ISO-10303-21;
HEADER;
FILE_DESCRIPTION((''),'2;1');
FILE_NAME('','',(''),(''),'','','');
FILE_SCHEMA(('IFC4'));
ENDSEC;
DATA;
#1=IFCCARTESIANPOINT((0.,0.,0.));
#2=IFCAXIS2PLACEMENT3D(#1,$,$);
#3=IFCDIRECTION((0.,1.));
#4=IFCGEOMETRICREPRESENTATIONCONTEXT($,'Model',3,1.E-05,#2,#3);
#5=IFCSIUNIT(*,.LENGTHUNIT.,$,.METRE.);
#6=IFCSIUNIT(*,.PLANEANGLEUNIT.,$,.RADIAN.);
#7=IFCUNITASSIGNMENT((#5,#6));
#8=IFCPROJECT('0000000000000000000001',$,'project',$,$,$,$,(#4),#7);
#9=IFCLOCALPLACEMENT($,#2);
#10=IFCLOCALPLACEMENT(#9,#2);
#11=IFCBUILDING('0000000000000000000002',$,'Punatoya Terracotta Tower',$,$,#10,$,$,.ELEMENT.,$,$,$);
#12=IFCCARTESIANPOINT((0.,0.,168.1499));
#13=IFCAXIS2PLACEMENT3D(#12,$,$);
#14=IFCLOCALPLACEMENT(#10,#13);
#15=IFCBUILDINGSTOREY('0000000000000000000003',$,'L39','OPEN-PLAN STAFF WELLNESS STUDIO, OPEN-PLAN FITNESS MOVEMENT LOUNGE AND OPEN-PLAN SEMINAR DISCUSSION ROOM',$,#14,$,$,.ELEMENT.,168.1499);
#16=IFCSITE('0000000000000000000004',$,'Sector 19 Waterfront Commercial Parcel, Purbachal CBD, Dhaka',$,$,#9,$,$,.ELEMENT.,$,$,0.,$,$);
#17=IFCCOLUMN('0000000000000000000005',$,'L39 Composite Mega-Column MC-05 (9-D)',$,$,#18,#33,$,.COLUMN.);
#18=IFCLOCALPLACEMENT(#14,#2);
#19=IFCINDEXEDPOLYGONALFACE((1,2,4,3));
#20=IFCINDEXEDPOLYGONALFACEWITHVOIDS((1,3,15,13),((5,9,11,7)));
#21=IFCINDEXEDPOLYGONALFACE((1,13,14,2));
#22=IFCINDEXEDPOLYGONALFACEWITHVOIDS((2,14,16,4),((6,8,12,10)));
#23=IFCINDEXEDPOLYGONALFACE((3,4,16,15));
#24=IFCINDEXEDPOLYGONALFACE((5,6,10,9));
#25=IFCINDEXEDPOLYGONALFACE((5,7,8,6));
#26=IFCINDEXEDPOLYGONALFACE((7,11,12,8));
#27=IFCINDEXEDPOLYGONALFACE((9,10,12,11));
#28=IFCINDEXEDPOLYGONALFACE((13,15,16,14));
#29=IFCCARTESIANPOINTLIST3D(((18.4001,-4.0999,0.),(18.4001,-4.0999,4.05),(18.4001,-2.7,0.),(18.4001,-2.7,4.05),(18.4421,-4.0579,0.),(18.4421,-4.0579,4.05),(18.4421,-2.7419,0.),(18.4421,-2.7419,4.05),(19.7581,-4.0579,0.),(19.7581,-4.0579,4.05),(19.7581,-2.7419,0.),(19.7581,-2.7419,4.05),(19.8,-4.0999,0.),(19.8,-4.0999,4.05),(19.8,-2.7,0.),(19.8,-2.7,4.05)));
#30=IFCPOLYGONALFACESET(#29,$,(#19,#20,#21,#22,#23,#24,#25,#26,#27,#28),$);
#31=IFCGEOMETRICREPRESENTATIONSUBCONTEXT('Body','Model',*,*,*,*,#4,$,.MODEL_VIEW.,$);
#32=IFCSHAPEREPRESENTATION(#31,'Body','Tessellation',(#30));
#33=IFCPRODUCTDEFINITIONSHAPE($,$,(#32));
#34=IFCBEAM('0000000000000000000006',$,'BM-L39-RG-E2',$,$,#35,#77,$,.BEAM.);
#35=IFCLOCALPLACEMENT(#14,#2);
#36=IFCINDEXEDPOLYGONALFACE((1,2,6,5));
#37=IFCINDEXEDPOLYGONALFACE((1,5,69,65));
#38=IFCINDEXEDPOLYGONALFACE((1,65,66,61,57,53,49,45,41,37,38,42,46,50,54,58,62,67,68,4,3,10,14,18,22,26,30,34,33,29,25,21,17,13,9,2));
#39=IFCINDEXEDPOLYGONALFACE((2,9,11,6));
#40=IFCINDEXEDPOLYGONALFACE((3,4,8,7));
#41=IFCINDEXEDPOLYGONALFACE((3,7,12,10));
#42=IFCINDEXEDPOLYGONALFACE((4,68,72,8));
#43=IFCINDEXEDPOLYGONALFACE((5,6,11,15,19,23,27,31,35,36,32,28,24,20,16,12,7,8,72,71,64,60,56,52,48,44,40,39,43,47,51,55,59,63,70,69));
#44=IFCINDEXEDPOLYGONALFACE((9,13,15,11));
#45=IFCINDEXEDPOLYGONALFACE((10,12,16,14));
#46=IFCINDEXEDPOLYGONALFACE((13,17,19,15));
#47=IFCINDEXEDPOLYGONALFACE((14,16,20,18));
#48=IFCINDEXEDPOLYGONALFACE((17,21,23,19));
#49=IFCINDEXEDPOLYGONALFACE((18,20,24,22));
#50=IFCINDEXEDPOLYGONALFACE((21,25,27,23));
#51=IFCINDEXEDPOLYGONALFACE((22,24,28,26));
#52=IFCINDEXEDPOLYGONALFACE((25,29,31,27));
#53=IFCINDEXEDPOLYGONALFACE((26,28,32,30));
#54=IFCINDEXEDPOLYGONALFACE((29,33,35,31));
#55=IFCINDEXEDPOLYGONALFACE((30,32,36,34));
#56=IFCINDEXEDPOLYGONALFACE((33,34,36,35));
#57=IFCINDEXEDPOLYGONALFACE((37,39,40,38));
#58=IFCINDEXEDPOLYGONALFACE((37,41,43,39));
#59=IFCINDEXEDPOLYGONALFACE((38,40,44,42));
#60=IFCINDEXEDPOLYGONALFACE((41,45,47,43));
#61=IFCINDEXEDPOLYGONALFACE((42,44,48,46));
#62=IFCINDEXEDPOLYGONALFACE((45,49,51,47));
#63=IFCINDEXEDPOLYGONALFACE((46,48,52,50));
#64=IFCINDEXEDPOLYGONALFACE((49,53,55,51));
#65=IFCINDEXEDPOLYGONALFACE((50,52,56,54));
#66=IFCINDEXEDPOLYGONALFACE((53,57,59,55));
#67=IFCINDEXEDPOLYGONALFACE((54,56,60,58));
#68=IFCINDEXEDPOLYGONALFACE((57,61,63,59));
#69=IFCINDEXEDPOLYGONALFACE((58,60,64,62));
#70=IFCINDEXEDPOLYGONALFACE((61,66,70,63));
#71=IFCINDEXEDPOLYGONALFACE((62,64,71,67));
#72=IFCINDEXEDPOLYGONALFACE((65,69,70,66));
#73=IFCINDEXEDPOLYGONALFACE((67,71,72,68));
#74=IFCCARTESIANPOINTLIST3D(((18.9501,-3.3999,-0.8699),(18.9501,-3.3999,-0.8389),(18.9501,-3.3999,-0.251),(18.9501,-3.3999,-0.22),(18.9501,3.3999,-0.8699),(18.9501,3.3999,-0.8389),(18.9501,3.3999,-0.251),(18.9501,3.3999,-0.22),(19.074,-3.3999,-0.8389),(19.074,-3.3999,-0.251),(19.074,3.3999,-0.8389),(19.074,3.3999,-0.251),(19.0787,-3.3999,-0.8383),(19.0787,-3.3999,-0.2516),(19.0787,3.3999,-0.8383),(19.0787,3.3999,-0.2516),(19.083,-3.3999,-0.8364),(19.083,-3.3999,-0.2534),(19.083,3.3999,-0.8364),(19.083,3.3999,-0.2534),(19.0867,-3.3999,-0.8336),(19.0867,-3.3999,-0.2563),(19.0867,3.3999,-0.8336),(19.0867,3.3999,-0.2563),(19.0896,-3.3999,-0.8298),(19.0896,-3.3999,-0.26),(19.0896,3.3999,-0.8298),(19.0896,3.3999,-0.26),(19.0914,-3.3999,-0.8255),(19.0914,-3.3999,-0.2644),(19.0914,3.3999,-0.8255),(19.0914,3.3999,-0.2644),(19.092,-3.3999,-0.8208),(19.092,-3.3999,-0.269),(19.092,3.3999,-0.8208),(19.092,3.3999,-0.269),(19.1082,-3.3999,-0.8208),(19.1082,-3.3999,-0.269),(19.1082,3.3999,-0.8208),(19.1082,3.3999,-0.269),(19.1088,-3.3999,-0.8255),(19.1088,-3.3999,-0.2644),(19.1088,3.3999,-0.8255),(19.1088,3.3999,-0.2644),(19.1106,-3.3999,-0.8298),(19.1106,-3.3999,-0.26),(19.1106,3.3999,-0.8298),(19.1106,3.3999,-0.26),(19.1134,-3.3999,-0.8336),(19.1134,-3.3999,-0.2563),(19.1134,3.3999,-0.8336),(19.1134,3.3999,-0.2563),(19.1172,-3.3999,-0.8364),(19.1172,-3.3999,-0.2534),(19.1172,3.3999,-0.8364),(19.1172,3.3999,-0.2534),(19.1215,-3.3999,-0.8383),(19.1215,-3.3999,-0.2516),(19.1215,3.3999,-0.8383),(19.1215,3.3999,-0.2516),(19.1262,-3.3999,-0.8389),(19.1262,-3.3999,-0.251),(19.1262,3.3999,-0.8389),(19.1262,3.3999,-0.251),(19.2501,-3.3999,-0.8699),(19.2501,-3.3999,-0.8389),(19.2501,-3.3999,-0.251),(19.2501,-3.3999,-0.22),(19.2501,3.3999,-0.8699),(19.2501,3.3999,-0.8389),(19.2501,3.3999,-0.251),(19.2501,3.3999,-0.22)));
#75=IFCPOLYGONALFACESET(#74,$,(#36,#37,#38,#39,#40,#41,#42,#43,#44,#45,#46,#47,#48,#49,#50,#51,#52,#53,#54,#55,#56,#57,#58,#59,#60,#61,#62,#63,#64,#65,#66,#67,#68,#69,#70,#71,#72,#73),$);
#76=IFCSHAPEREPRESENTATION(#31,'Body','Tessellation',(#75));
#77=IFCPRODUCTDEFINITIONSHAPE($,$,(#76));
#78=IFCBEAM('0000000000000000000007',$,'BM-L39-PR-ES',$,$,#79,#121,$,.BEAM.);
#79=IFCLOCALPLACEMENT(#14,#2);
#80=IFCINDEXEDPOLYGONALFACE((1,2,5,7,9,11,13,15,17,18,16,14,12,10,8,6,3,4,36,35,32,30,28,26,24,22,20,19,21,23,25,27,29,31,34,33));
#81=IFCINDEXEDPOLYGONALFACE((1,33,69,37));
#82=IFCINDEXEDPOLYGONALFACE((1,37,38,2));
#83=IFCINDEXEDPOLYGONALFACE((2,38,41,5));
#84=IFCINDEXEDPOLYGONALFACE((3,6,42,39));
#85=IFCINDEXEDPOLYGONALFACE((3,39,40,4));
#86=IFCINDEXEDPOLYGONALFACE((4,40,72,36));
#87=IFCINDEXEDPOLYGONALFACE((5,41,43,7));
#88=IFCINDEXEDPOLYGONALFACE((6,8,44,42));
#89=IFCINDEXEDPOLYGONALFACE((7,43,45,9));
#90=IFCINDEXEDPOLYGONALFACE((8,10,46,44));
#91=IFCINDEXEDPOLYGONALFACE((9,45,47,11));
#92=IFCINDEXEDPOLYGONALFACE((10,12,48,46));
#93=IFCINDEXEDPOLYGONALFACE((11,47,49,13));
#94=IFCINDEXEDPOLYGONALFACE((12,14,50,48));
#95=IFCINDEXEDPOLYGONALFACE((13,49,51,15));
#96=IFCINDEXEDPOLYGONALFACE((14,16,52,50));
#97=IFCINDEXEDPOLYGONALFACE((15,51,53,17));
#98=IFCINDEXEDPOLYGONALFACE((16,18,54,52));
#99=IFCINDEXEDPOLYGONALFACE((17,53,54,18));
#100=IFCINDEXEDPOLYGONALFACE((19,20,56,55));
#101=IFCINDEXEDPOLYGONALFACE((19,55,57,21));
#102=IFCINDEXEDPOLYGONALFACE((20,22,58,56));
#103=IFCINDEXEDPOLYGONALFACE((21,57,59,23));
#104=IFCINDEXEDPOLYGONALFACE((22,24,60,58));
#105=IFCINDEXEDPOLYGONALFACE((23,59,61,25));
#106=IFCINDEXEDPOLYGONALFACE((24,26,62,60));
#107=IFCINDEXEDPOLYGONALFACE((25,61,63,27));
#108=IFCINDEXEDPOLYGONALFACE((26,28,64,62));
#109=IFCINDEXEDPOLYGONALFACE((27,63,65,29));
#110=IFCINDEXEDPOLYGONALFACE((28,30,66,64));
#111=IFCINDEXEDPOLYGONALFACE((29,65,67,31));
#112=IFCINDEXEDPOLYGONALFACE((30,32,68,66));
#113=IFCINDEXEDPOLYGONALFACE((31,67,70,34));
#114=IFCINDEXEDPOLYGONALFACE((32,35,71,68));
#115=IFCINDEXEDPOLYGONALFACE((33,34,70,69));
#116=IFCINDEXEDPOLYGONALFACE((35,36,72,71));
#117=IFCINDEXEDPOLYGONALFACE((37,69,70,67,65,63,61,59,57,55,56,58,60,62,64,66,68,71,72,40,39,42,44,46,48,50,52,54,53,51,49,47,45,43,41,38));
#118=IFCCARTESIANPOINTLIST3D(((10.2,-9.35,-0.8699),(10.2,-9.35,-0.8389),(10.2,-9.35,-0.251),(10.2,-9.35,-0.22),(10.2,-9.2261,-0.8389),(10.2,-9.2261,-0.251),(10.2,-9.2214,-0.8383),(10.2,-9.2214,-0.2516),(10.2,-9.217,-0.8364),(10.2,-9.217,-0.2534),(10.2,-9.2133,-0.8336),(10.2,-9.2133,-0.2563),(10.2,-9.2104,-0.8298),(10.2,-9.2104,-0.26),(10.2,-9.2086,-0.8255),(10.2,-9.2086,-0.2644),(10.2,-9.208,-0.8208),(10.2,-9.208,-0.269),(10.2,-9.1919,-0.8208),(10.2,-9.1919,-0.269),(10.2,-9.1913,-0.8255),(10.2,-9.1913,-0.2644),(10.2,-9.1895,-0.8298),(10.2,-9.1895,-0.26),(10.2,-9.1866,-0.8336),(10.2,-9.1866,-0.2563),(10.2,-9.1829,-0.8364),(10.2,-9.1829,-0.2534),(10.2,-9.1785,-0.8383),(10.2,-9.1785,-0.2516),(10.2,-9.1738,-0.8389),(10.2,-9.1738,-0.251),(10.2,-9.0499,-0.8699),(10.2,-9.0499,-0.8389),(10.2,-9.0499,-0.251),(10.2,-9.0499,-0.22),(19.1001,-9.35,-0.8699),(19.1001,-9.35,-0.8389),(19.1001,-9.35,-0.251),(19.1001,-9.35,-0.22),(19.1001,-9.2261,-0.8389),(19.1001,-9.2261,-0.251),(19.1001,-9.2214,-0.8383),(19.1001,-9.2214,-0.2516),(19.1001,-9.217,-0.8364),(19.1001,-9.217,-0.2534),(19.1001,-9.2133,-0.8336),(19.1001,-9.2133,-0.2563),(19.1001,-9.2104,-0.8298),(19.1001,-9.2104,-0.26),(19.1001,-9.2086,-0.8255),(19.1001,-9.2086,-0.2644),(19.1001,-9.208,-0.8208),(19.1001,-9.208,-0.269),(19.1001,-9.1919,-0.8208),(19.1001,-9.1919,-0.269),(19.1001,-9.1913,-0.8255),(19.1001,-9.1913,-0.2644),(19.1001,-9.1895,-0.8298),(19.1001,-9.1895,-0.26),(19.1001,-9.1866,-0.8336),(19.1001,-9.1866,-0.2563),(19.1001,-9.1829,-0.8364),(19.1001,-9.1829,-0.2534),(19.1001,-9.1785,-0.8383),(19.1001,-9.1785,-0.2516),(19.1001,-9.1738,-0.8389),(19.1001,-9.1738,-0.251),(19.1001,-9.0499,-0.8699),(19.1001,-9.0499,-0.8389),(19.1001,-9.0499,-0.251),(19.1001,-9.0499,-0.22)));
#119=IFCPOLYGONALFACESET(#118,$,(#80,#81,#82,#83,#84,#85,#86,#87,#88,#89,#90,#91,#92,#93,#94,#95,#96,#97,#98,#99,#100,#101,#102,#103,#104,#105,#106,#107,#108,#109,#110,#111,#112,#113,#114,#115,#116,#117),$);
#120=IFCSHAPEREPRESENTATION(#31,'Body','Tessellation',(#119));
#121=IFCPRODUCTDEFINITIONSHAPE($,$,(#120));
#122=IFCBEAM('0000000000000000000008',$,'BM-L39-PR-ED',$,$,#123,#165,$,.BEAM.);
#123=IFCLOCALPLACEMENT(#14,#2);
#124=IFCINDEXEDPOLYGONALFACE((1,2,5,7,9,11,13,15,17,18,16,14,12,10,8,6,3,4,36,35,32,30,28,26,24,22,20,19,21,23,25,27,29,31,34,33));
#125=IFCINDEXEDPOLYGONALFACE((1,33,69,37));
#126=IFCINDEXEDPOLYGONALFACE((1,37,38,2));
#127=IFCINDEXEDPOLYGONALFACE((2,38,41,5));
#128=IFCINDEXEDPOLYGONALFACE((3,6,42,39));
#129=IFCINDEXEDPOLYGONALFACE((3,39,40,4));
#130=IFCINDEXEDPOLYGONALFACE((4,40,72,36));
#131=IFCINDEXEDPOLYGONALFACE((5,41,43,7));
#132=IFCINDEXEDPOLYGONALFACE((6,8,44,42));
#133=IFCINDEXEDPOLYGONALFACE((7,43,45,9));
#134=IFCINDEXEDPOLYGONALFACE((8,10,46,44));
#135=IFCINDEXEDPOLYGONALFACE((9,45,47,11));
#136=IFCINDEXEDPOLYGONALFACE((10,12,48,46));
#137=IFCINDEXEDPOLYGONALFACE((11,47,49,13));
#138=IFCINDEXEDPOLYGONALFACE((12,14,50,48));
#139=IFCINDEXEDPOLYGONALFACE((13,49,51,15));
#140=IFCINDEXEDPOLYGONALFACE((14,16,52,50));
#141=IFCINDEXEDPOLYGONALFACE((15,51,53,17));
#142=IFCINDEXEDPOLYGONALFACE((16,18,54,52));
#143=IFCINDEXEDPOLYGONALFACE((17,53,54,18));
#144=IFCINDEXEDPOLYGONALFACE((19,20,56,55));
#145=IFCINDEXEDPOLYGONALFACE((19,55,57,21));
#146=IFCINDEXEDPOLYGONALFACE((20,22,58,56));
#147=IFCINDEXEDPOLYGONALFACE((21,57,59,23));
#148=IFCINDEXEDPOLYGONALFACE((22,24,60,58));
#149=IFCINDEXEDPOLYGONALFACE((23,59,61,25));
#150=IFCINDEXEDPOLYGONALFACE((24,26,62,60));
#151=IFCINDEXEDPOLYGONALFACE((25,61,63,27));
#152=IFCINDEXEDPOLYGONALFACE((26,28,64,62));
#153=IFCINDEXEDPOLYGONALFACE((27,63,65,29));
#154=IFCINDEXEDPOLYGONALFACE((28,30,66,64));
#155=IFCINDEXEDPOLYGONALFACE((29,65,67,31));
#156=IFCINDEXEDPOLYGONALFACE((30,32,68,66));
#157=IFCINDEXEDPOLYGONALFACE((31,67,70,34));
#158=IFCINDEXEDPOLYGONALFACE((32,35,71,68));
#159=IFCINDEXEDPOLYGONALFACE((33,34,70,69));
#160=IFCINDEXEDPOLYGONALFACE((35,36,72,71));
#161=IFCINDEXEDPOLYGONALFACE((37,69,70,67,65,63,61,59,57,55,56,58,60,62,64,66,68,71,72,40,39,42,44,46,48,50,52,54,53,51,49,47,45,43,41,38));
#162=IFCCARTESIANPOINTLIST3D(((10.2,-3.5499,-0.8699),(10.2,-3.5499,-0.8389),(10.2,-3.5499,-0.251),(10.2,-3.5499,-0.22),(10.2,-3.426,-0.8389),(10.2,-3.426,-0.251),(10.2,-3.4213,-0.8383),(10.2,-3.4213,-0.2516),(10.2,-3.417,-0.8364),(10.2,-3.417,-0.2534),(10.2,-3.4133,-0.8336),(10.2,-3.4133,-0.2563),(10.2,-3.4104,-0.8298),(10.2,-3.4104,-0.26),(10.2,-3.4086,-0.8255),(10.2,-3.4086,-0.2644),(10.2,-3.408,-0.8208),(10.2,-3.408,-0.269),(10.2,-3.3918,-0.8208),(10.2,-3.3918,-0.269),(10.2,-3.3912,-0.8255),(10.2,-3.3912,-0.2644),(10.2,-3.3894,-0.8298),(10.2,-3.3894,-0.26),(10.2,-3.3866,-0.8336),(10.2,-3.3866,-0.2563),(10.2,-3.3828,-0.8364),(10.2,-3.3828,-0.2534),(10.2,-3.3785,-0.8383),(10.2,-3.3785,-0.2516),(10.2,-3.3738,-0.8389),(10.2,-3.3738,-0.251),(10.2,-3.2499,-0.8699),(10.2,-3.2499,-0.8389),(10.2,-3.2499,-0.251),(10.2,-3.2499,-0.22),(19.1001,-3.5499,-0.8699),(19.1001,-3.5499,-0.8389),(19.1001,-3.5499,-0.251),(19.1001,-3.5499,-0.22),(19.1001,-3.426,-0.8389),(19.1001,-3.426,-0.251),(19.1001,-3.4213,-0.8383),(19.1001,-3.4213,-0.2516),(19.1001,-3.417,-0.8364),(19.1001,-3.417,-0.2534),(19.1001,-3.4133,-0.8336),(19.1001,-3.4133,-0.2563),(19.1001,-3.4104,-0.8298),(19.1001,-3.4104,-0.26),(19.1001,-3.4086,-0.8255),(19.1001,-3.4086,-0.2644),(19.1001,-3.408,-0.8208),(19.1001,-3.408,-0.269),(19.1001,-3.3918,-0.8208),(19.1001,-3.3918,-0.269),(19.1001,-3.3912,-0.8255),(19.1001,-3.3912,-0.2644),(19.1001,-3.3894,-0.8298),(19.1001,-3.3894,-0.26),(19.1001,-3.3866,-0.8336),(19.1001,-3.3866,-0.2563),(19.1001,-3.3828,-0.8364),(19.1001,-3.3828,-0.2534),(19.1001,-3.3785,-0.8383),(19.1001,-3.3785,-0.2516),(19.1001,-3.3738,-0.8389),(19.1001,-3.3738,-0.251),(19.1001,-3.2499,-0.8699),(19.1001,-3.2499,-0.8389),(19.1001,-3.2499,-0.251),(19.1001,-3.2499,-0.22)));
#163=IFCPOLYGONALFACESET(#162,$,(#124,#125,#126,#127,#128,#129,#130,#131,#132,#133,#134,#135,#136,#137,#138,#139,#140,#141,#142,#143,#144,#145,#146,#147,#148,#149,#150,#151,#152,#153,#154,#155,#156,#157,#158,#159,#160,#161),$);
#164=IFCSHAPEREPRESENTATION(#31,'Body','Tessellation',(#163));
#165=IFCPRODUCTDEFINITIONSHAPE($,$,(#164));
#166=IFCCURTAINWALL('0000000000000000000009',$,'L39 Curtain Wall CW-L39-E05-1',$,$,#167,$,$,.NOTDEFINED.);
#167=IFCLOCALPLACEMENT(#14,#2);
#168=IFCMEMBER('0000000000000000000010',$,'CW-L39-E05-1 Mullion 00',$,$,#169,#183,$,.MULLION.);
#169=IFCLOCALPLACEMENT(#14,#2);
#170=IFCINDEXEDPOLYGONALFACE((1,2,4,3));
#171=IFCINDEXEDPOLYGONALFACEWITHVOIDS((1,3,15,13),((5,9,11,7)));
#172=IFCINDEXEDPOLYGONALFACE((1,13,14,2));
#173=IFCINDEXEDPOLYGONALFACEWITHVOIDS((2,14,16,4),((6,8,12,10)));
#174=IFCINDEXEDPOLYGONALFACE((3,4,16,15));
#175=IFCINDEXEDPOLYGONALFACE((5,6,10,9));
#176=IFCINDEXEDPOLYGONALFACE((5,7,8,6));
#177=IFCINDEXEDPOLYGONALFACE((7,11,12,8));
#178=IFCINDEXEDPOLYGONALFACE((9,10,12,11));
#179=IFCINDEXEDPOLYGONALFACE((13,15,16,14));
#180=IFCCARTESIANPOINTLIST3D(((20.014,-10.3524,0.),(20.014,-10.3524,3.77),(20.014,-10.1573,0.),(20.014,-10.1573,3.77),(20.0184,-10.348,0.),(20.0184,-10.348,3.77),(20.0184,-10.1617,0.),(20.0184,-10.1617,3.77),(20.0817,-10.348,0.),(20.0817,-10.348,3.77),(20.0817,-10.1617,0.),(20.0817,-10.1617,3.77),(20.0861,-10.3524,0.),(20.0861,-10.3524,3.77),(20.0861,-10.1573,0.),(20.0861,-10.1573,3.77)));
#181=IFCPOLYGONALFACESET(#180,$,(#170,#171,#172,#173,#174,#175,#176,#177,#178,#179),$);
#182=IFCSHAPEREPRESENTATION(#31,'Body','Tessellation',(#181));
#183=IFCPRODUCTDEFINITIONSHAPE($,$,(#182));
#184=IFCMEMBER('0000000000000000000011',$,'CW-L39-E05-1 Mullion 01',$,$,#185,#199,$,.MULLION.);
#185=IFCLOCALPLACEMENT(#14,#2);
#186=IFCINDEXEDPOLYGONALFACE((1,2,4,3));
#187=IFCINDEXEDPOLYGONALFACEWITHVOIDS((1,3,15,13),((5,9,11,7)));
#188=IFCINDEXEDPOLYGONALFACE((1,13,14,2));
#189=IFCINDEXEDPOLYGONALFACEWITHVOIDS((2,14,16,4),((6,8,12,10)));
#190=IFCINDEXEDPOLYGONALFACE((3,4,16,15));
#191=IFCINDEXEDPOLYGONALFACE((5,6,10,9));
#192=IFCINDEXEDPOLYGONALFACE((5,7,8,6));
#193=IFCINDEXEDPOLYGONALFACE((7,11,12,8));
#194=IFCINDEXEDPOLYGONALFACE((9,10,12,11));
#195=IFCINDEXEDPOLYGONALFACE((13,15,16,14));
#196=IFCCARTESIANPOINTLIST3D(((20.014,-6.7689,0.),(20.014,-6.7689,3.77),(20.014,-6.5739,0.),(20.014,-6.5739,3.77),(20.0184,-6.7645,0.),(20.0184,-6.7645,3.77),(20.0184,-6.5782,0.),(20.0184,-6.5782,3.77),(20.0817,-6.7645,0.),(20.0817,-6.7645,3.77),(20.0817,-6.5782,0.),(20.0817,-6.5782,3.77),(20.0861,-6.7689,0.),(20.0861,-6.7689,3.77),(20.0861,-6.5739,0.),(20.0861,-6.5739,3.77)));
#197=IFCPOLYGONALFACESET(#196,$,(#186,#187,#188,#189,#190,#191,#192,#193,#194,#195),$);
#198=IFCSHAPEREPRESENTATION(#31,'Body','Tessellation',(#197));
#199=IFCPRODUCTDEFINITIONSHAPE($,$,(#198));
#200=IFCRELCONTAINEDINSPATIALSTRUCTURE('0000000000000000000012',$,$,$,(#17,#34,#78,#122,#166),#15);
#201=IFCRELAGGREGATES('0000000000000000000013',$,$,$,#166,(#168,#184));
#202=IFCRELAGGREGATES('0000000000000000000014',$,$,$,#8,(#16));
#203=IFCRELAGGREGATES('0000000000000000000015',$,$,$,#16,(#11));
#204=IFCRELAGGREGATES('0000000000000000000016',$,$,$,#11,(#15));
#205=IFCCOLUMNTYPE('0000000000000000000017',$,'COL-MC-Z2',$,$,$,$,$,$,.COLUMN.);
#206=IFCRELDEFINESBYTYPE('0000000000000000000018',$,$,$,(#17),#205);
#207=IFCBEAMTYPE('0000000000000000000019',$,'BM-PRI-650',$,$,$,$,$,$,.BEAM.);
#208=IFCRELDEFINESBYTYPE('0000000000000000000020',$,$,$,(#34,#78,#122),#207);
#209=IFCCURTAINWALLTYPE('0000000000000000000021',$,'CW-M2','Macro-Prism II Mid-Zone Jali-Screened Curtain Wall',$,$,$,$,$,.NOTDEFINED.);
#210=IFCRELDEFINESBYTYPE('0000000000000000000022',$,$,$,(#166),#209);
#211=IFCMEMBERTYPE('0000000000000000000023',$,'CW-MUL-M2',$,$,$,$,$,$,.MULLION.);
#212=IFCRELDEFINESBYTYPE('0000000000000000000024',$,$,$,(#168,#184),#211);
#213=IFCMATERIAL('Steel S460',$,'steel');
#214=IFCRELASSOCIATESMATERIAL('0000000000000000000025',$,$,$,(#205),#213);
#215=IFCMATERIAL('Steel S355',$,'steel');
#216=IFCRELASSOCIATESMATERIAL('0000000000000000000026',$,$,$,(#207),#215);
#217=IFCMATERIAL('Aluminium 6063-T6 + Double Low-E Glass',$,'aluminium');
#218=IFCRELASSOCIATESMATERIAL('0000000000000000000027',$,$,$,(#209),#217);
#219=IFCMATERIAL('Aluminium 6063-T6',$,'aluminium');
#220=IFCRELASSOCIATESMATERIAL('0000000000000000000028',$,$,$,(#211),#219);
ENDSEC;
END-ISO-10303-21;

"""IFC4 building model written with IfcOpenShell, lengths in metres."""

from ifc_helpers import new_model, si_unit, direction, frame, origin, origin_2d, place, context, subcontext, project, spatial, hollow_rectangle, i_section, extrude, material, material_profile, profile_set, type_object, element, aggregate, save


model = new_model("IFC4")

# Units and contexts
model_context = context("Model", 3, precision=1e-05, world=origin(), true_north=direction((0.0, 1.0)))
body_context = subcontext(model_context, "Body", "Model", "MODEL_VIEW")
ifc_project = project(units=[si_unit("LENGTHUNIT", "METRE"), si_unit("PLANEANGLEUNIT", "RADIAN")], contexts=[model_context])

# Site, building, storey
site_placement = place(None, origin())
site = spatial("IfcSite", under=ifc_project, at=site_placement, Name="Sector 19 Waterfront Commercial Parcel, Purbachal CBD, Dhaka", CompositionType="ELEMENT", RefElevation=0.0)
building_placement = place(site_placement, origin())
building = spatial("IfcBuilding", under=site, at=building_placement, Name="Punatoya Terracotta Tower", CompositionType="ELEMENT")
storey_placement = place(building_placement, frame((0.0, 0.0, 168.1499)))
storey = spatial("IfcBuildingStorey", under=building, at=storey_placement, Name="L39", Description="OPEN-PLAN STAFF WELLNESS STUDIO, OPEN-PLAN FITNESS MOVEMENT LOUNGE AND OPEN-PLAN SEMINAR DISCUSSION ROOM", CompositionType="ELEMENT", Elevation=168.1499)

# Column
ifc_material_1 = material(Name="Steel S460", Category="steel")
ifc_material_profile_1 = material_profile(ifc_material_1, hollow_rectangle(XDim=1.3999, YDim=1.3999, WallThickness=0.042, at=origin_2d()))
ifc_profile_set_1 = profile_set([ifc_material_profile_1], Name="Steel S460")
column_type = type_object("IfcColumnType", Name="COL-MC-Z2", PredefinedType="COLUMN", material=ifc_profile_set_1)
column_placement = place(storey_placement, frame((19.1001, -3.3999, 0.0), z_axis=(0.0, 0.0, 1.0), x_axis=(1.0, 0.0, 0.0)))
element("IfcColumn", 1, at=column_placement, inside=storey, type_object=column_type, Name="L39 Composite Mega-Column MC-05 (9-D)", PredefinedType="COLUMN", context=body_context, shape_type="SweptSolid", body=[
    extrude(hollow_rectangle(XDim=1.3999, YDim=1.3999, WallThickness=0.042, at=origin_2d()), origin(), (0.0, 0.0, 1.0), 4.05),
])

# Beams
ifc_material_2 = material(Name="Steel S355", Category="steel")
ifc_material_profile_2 = material_profile(ifc_material_2, i_section(OverallWidth=0.3, OverallDepth=0.6499, WebThickness=0.0161, FlangeThickness=0.031, FilletRadius=0.0181, at=origin_2d()))
ifc_profile_set_2 = profile_set([ifc_material_profile_2], Name="Steel S355")
beam_type = type_object("IfcBeamType", Name="BM-PRI-650", PredefinedType="BEAM", material=ifc_profile_set_2)
beam_placement = place(storey_placement, frame((19.1001, -3.3999, -0.5449), z_axis=(0.0, 1.0, 0.0), x_axis=(-1.0, 0.0, 0.0)))
element("IfcBeam", 2, at=beam_placement, inside=storey, type_object=beam_type, Name="BM-L39-RG-E2", PredefinedType="BEAM", context=body_context, shape_type="SweptSolid", body=[
    extrude(i_section(OverallWidth=0.3, OverallDepth=0.6499, WebThickness=0.0161, FlangeThickness=0.031, FilletRadius=0.0181, at=origin_2d()), origin(), (0.0, 0.0, 1.0), 6.7998),
])
for number, where, z_axis, x_axis, name in (
    (3, (10.2, -9.2, -0.5449), (1.0, 0.0, 0.0), (0.0, 1.0, 0.0), "BM-L39-PR-ES"),
    (4, (10.2, -3.3999, -0.5449), (1.0, 0.0, 0.0), (0.0, 1.0, 0.0), "BM-L39-PR-ED"),
):
    element("IfcBeam", number, at=place(storey_placement, frame(where, z_axis=z_axis, x_axis=x_axis)), inside=storey, type_object=beam_type, Name=name, PredefinedType="BEAM", context=body_context, shape_type="SweptSolid", body=[
        extrude(i_section(OverallWidth=0.3, OverallDepth=0.6499, WebThickness=0.0161, FlangeThickness=0.031, FilletRadius=0.0181, at=origin_2d()), origin(), (0.0, 0.0, 1.0), 8.9001),
    ])

# Curtain wall, members
ifc_material_3 = material(Name="Aluminium 6063-T6 + Double Low-E Glass", Category="aluminium")
curtain_wall_type = type_object("IfcCurtainWallType", Name="CW-M2", Description="Macro-Prism II Mid-Zone Jali-Screened Curtain Wall", PredefinedType="NOTDEFINED", material=ifc_material_3)
curtain_wall_placement = place(storey_placement, origin())
curtain_wall = element("IfcCurtainWall", 5, at=curtain_wall_placement, inside=storey, type_object=curtain_wall_type, Name="L39 Curtain Wall CW-L39-E05-1", PredefinedType="NOTDEFINED")
ifc_material_4 = material(Name="Aluminium 6063-T6", Category="aluminium")
ifc_material_profile_3 = material_profile(ifc_material_4, hollow_rectangle(XDim=0.072, YDim=0.1951, WallThickness=0.0044, at=origin_2d()))
ifc_profile_set_3 = profile_set([ifc_material_profile_3], Name="Aluminium 6063-T6")
member_type_1 = type_object("IfcMemberType", Name="CW-MUL-M2", PredefinedType="MULLION", material=ifc_profile_set_3)
member_1_placement = place(storey_placement, frame((20.05, -10.2549, 0.0), z_axis=(0.0, 0.0, 1.0), x_axis=(1.0, 0.0, 0.0)))
member_1 = element("IfcMember", 6, at=member_1_placement, type_object=member_type_1, Name="CW-L39-E05-1 Mullion 00", PredefinedType="MULLION", context=body_context, shape_type="SweptSolid", body=[
    extrude(hollow_rectangle(XDim=0.072, YDim=0.1951, WallThickness=0.0044, at=origin_2d()), origin(), (0.0, 0.0, 1.0), 3.77),
])
member_2_placement = place(storey_placement, frame((20.05, -6.6714, 0.0), z_axis=(0.0, 0.0, 1.0), x_axis=(1.0, 0.0, 0.0)))
member_2 = element("IfcMember", 7, at=member_2_placement, type_object=member_type_1, Name="CW-L39-E05-1 Mullion 01", PredefinedType="MULLION", context=body_context, shape_type="SweptSolid", body=[
    extrude(hollow_rectangle(XDim=0.072, YDim=0.1951, WallThickness=0.0044, at=origin_2d()), origin(), (0.0, 0.0, 1.0), 3.77),
])
aggregate(curtain_wall, [member_1, member_2])

save(model, "model.ifc")
